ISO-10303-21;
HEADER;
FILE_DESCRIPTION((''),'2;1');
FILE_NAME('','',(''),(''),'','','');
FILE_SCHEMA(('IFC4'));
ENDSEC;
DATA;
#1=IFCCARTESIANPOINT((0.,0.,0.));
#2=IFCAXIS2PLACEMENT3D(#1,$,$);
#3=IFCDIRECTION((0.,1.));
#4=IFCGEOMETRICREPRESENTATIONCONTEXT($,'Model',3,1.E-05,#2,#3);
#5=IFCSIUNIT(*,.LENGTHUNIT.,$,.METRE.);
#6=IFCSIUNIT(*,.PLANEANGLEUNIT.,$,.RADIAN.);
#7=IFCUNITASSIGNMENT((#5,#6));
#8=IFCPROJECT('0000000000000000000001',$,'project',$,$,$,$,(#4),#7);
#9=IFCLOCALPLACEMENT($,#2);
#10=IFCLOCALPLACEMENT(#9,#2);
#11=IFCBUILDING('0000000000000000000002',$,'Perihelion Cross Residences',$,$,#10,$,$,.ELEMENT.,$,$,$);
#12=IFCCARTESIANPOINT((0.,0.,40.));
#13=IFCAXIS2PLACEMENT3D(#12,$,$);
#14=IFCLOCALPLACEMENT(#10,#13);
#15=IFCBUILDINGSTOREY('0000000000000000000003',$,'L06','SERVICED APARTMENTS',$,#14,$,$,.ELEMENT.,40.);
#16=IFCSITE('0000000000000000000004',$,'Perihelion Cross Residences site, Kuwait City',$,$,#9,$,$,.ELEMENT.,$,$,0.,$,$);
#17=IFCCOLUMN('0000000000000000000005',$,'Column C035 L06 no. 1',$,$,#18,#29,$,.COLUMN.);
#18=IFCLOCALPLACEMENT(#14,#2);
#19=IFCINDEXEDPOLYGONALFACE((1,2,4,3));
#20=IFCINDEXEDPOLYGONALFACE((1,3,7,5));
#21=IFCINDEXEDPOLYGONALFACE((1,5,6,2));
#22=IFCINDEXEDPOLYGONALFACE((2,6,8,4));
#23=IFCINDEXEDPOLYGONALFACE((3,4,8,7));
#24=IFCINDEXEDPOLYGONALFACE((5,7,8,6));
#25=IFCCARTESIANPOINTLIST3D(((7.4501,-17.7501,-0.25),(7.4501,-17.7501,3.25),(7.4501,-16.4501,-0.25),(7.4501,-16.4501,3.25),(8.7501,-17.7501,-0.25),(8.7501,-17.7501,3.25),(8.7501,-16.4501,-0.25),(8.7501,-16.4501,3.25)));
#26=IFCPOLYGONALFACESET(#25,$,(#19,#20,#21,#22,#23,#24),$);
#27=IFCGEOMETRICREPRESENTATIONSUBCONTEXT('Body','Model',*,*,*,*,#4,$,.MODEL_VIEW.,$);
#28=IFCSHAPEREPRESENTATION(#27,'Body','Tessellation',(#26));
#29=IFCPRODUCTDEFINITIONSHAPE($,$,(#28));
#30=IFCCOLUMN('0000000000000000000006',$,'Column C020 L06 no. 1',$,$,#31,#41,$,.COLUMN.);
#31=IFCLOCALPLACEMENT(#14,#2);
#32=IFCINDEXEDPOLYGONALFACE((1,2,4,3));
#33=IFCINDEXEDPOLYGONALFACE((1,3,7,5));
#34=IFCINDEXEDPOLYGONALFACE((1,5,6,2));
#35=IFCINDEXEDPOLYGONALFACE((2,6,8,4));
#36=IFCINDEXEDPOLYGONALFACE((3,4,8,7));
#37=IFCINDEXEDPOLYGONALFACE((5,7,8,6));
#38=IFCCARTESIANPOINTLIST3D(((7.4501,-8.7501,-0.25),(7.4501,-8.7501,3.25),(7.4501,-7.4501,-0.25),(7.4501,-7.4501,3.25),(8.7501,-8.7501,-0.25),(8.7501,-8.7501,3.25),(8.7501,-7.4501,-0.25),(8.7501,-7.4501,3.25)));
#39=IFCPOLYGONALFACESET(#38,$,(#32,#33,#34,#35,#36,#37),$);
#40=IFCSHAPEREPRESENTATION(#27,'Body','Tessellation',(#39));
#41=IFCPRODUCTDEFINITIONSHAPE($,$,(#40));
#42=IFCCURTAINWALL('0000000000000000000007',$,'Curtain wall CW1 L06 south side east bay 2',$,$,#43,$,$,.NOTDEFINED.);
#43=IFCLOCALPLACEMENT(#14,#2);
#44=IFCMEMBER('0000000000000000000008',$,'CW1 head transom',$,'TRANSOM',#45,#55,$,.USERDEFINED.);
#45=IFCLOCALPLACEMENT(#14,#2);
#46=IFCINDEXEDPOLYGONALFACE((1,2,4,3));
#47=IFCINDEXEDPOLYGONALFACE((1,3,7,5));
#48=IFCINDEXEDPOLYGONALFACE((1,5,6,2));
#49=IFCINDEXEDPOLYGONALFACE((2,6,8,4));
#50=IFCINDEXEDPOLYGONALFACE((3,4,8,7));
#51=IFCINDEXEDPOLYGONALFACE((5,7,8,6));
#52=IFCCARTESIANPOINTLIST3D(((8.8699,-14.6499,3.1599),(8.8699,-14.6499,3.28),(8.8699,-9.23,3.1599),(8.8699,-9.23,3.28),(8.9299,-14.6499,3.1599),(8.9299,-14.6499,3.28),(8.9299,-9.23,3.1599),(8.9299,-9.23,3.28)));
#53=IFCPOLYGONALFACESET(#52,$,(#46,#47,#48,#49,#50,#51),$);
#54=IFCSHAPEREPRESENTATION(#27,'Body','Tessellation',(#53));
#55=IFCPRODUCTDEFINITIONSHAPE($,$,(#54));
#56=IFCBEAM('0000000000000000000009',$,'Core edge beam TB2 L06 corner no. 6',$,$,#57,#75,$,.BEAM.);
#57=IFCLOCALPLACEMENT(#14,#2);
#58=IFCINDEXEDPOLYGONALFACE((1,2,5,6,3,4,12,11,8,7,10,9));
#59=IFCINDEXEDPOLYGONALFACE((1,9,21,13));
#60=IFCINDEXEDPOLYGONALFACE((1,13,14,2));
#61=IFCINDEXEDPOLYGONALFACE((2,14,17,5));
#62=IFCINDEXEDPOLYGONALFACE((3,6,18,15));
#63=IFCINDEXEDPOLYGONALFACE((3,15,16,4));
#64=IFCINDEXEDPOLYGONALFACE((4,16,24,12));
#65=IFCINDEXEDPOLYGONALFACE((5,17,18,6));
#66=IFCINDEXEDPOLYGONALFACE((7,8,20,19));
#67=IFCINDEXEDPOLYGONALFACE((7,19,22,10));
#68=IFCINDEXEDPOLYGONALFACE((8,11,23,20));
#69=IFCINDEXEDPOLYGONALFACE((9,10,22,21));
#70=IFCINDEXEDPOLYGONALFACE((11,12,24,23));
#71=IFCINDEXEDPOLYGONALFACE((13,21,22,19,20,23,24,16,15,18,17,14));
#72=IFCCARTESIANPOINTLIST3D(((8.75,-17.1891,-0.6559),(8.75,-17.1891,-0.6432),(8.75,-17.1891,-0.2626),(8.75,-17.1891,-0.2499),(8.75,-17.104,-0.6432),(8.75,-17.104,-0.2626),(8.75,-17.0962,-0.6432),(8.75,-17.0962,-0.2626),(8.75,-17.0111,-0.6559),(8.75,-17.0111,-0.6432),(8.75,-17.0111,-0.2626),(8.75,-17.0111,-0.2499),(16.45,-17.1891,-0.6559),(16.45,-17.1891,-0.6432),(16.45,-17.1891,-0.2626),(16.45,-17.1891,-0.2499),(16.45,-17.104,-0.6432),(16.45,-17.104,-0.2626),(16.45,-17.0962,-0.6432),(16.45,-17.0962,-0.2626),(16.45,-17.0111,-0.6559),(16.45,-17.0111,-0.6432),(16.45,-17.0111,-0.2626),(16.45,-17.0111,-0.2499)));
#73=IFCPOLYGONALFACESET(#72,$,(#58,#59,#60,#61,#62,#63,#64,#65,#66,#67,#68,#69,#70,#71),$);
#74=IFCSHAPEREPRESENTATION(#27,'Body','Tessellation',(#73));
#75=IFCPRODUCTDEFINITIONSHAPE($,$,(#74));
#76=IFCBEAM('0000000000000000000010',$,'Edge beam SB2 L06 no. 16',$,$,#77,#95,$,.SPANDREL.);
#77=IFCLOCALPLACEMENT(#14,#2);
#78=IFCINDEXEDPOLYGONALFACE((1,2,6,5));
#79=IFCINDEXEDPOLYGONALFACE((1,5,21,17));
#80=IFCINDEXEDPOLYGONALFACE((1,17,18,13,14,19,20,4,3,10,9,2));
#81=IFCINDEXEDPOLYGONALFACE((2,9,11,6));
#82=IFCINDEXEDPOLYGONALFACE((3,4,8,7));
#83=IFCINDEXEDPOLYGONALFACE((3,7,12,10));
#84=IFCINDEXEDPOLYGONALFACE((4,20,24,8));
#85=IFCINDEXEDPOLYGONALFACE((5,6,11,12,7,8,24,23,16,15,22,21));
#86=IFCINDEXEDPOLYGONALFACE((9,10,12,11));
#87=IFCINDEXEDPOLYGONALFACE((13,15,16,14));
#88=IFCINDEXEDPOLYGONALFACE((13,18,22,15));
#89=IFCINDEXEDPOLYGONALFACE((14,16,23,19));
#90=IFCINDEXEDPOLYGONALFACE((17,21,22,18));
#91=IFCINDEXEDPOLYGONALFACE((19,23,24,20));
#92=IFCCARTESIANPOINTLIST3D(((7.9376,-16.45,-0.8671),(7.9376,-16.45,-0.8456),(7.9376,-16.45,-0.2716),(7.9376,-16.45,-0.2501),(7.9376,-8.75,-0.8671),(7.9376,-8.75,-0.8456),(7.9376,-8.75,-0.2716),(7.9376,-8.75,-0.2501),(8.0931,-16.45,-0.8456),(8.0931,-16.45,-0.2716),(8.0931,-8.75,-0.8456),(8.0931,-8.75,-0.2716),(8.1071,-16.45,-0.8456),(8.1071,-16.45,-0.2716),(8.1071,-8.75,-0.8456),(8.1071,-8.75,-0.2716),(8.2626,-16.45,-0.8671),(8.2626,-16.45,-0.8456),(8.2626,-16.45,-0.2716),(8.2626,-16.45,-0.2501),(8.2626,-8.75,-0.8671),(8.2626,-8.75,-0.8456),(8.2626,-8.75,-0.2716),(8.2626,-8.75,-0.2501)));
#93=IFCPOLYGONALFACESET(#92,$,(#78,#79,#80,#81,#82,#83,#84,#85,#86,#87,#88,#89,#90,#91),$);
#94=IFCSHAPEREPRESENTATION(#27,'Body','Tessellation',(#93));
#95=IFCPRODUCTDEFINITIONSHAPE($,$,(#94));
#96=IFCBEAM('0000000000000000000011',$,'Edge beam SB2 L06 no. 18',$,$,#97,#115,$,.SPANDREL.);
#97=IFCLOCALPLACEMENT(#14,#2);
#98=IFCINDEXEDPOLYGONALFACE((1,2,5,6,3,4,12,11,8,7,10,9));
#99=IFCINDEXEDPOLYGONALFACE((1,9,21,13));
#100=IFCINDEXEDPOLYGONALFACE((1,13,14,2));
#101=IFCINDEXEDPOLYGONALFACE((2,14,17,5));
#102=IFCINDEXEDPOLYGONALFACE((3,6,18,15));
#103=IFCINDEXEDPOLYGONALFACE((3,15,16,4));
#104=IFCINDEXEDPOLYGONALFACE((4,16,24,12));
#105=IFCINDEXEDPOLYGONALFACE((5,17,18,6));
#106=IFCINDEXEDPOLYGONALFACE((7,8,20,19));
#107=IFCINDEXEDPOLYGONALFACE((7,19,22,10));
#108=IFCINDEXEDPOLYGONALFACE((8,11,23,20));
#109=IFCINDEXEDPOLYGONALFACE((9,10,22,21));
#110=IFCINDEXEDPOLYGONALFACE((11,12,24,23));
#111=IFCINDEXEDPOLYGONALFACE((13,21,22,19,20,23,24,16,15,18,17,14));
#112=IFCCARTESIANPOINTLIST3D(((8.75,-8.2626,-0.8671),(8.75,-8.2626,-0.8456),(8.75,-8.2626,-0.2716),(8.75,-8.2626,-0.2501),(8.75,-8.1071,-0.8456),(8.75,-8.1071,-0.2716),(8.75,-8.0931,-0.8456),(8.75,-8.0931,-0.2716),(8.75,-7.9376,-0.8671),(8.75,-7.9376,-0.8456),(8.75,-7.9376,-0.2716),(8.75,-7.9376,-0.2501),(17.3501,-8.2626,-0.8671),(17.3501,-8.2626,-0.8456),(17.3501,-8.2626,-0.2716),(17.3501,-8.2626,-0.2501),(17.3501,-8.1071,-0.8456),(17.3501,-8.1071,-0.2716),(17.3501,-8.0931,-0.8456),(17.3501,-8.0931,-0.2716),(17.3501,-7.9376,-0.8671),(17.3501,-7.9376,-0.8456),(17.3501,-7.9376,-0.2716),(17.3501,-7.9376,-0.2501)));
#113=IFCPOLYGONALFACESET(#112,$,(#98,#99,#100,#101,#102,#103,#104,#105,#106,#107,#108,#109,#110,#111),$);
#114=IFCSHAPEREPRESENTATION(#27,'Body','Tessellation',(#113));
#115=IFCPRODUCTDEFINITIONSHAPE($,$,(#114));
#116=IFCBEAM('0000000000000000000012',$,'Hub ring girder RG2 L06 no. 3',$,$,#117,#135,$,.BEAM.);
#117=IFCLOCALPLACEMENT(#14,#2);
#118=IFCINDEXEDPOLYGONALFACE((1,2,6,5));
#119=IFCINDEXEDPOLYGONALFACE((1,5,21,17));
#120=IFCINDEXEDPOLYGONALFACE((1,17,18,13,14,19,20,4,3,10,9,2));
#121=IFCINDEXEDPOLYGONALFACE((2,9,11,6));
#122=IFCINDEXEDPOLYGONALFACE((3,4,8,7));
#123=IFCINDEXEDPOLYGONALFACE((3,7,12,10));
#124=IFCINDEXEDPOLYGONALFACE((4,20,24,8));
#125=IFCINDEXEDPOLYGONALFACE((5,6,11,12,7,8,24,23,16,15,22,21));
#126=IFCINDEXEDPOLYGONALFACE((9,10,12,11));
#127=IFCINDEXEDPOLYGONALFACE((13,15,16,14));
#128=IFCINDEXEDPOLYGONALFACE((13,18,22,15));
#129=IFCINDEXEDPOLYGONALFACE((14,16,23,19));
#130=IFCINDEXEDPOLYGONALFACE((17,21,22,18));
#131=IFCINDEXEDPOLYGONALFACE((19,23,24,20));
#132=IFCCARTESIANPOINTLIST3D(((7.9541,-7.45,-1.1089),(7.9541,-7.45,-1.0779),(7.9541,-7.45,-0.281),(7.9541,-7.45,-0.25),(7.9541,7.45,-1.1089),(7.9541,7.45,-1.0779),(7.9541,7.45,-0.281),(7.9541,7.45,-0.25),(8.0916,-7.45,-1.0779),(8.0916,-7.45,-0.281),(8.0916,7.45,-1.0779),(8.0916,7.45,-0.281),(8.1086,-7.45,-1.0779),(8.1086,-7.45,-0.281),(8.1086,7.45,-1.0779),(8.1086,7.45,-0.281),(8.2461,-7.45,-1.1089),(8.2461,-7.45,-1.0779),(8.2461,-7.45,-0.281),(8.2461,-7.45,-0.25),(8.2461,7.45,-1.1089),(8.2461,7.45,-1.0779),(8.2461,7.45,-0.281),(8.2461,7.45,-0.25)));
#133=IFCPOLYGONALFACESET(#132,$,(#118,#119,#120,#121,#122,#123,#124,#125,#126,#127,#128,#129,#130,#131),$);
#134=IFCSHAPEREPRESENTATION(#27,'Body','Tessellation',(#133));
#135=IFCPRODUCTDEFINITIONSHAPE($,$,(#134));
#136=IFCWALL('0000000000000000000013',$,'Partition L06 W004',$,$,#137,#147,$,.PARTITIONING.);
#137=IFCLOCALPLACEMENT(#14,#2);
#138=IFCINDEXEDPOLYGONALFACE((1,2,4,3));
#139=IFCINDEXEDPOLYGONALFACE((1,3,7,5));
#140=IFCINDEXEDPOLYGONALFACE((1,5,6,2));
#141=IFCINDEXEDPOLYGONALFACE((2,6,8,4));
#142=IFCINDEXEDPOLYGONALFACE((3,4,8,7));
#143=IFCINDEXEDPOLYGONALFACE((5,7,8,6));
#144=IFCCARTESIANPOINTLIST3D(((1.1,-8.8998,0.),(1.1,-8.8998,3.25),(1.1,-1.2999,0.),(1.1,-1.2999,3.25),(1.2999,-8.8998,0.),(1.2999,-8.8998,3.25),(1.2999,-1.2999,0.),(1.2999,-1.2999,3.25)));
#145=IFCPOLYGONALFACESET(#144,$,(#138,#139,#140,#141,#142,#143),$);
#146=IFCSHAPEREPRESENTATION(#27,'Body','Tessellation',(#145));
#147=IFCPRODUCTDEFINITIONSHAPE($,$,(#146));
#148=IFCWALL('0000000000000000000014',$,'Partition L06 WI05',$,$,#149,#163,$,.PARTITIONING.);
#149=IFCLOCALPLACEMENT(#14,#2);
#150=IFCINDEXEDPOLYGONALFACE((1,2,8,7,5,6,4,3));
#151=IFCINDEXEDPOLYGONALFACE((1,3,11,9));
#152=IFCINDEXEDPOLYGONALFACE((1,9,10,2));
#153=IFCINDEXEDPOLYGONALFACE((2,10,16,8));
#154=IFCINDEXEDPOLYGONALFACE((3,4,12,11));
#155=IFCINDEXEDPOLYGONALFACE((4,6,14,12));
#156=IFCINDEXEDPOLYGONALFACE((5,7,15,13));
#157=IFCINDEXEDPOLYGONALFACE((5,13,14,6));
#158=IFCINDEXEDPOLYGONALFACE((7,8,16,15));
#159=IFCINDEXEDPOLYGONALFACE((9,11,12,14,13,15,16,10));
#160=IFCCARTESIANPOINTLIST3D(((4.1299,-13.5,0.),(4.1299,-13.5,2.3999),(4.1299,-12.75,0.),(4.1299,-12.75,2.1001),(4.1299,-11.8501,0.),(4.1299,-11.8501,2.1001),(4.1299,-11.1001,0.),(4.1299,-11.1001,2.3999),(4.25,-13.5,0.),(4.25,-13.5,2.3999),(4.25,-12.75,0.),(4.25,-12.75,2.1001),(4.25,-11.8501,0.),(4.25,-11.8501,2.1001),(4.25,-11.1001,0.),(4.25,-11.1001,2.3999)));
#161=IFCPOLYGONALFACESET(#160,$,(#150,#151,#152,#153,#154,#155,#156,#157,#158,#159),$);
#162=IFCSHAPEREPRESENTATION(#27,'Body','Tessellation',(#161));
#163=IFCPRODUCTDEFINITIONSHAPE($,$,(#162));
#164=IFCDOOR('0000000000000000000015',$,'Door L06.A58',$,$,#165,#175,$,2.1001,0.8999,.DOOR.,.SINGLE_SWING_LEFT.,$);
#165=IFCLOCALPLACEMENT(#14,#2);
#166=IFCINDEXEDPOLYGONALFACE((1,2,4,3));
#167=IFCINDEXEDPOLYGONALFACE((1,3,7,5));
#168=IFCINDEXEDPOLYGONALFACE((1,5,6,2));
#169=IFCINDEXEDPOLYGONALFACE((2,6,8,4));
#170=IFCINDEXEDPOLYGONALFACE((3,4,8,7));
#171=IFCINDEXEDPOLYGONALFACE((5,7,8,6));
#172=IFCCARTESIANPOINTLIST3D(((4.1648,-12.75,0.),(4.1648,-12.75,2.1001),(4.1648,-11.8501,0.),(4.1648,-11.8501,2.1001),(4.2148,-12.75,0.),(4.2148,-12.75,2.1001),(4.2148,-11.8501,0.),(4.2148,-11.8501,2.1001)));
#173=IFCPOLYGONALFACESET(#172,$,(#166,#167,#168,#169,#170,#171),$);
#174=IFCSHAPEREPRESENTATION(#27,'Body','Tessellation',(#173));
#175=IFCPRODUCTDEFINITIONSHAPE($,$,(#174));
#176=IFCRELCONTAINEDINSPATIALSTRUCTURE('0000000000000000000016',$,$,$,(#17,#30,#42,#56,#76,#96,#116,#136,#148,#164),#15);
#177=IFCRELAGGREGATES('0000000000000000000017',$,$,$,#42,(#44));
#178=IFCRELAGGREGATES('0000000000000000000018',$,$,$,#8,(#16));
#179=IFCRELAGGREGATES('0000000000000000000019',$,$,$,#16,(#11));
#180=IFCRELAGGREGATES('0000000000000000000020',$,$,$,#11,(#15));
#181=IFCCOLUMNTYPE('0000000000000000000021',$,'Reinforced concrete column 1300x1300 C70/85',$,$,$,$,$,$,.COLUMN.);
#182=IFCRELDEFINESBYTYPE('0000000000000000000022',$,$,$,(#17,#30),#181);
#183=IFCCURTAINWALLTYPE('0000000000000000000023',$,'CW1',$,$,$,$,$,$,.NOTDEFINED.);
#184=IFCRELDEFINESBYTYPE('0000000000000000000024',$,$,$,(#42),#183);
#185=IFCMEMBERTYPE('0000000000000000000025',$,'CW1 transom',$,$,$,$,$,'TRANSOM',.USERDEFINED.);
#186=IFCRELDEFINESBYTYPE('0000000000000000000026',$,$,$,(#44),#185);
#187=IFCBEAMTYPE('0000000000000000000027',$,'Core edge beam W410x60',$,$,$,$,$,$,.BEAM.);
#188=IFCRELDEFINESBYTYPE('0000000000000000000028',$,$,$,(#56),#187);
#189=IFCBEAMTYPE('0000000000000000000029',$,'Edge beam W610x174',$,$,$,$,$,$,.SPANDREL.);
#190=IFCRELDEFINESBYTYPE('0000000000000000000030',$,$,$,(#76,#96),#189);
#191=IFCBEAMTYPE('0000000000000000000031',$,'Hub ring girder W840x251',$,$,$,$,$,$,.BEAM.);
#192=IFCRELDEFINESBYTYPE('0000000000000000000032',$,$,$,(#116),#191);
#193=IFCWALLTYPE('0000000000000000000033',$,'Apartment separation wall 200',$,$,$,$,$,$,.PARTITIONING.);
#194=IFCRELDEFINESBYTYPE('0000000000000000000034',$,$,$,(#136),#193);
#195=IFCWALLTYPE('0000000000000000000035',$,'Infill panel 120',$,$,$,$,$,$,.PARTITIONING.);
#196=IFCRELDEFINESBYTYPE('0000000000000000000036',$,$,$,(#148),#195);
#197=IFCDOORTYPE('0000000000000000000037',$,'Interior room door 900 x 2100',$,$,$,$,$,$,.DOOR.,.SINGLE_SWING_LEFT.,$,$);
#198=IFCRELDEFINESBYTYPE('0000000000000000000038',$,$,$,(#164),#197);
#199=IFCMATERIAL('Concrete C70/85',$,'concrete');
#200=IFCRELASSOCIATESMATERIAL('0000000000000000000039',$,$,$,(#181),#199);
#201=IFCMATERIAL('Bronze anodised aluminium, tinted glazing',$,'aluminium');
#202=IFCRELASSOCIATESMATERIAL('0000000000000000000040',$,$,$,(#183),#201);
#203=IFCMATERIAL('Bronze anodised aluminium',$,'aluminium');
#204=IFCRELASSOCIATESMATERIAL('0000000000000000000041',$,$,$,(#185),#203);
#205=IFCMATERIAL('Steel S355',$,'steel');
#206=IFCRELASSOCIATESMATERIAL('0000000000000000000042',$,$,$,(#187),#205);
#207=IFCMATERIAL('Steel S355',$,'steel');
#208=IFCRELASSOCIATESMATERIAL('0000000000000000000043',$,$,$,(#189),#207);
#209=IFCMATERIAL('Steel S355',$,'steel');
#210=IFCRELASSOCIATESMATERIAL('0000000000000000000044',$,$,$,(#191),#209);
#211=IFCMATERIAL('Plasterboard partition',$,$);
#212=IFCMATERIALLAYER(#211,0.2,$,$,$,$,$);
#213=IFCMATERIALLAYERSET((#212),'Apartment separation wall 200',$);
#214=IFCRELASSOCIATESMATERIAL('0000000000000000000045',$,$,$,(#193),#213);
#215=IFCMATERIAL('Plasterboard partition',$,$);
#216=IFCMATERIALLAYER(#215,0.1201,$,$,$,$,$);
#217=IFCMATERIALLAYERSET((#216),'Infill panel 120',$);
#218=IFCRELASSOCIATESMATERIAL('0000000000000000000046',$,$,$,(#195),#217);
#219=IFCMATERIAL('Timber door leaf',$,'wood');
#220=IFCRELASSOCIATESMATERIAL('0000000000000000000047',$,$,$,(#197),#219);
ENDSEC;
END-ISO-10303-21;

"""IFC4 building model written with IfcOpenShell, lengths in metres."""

from ifc_helpers import new_model, si_unit, direction, frame, frame_2d, origin, origin_2d, place, context, subcontext, project, spatial, rectangle, i_section, extrude, material, layer, layer_set, material_profile, profile_set, type_object, element, fill, aggregate, save


model = new_model("IFC4")

# Units and contexts
model_context = context("Model", 3, precision=1e-05, world=origin(), true_north=direction((0.0, 1.0)))
body_context = subcontext(model_context, "Body", "Model", "MODEL_VIEW")
ifc_project = project(units=[si_unit("LENGTHUNIT", "METRE"), si_unit("PLANEANGLEUNIT", "RADIAN")], contexts=[model_context])

# Site, building, storey
site_placement = place(None, origin())
site = spatial("IfcSite", under=ifc_project, at=site_placement, Name="Perihelion Cross Residences site, Kuwait City", CompositionType="ELEMENT", RefElevation=0.0)
building_placement = place(site_placement, origin())
building = spatial("IfcBuilding", under=site, at=building_placement, Name="Perihelion Cross Residences", CompositionType="ELEMENT")
storey_placement = place(building_placement, frame((0.0, 0.0, 40.0)))
storey = spatial("IfcBuildingStorey", under=building, at=storey_placement, Name="L06", Description="SERVICED APARTMENTS", CompositionType="ELEMENT", Elevation=40.0)

# Columns
ifc_material_1 = material(Name="Concrete C70/85", Category="concrete")
ifc_material_profile_1 = material_profile(ifc_material_1, rectangle(XDim=1.3, YDim=1.3, at=origin_2d()), Name="RC 1300x1300")
ifc_profile_set_1 = profile_set([ifc_material_profile_1], Name="Concrete C70/85")
column_type = type_object("IfcColumnType", Name="Reinforced concrete column 1300x1300 C70/85", PredefinedType="COLUMN", material=ifc_profile_set_1)
for number, where, z_axis, x_axis, name in (
    (1, (8.1001, -17.1001, -0.25), (0.0, 0.0, 1.0), (1.0, 0.0, 0.0), "Column C035 L06 no. 1"),
    (2, (8.1001, -8.1001, -0.25), (0.0, 0.0, 1.0), (1.0, 0.0, 0.0), "Column C020 L06 no. 1"),
):
    element("IfcColumn", number, at=place(storey_placement, frame(where, z_axis=z_axis, x_axis=x_axis)), inside=storey, type_object=column_type, Name=name, PredefinedType="COLUMN", context=body_context, shape_type="SweptSolid", body=[
        extrude(rectangle(XDim=1.3, YDim=1.3, at=origin_2d()), origin(), (0.0, 0.0, 1.0), 3.5),
    ])

# Curtain wall, member
ifc_material_2 = material(Name="Bronze anodised aluminium, tinted glazing", Category="aluminium")
curtain_wall_type = type_object("IfcCurtainWallType", Name="CW1", PredefinedType="NOTDEFINED", material=ifc_material_2)
curtain_wall_placement = place(storey_placement, origin())
curtain_wall = element("IfcCurtainWall", 3, at=curtain_wall_placement, inside=storey, type_object=curtain_wall_type, Name="Curtain wall CW1 L06 south side east bay 2", PredefinedType="NOTDEFINED")
ifc_material_3 = material(Name="Bronze anodised aluminium", Category="aluminium")
ifc_material_profile_2 = material_profile(ifc_material_3, rectangle(XDim=0.0601, YDim=0.1201, at=origin_2d()), Name="CW1 transom")
ifc_profile_set_2 = profile_set([ifc_material_profile_2], Name="Bronze anodised aluminium")
member_type = type_object("IfcMemberType", Name="CW1 transom", ElementType="TRANSOM", PredefinedType="USERDEFINED", material=ifc_profile_set_2)
member_placement = place(storey_placement, frame((8.8999, -14.6499, 3.22), z_axis=(0.0, 1.0, 0.0), x_axis=(-1.0, 0.0, 0.0)))
member = element("IfcMember", 4, at=member_placement, type_object=member_type, Name="CW1 head transom", ObjectType="TRANSOM", PredefinedType="USERDEFINED", context=body_context, shape_type="SweptSolid", body=[
    extrude(rectangle(XDim=0.0601, YDim=0.1201, at=origin_2d()), origin(), (0.0, 0.0, 1.0), 5.4199),
])
aggregate(curtain_wall, [member])

# Beams
ifc_material_4 = material(Name="Steel S355", Category="steel")
ifc_material_profile_3 = material_profile(ifc_material_4, i_section(OverallWidth=0.178, OverallDepth=0.406, WebThickness=0.0078, FlangeThickness=0.0127, at=origin_2d()), Name="W410x60")
ifc_profile_set_3 = profile_set([ifc_material_profile_3], Name="Steel S355")
beam_type_1 = type_object("IfcBeamType", Name="Core edge beam W410x60", PredefinedType="BEAM", material=ifc_profile_set_3)
beam_1_placement = place(storey_placement, frame((8.75, -17.1001, -0.4529), z_axis=(1.0, 0.0, 0.0), x_axis=(0.0, 1.0, 0.0)))
element("IfcBeam", 5, at=beam_1_placement, inside=storey, type_object=beam_type_1, Name="Core edge beam TB2 L06 corner no. 6", PredefinedType="BEAM", context=body_context, shape_type="SweptSolid", body=[
    extrude(i_section(OverallWidth=0.178, OverallDepth=0.406, WebThickness=0.0078, FlangeThickness=0.0127, at=origin_2d()), origin(), (0.0, 0.0, 1.0), 7.7),
])
ifc_material_5 = material(Name="Steel S355", Category="steel")
ifc_material_profile_4 = material_profile(ifc_material_5, i_section(OverallWidth=0.325, OverallDepth=0.6169, WebThickness=0.0139, FlangeThickness=0.0215, at=origin_2d()), Name="W610x174")
ifc_profile_set_4 = profile_set([ifc_material_profile_4], Name="Steel S355")
beam_type_2 = type_object("IfcBeamType", Name="Edge beam W610x174", PredefinedType="SPANDREL", material=ifc_profile_set_4)
beam_2_placement = place(storey_placement, frame((8.1001, -16.45, -0.5586), z_axis=(0.0, 1.0, 0.0), x_axis=(-1.0, 0.0, 0.0)))
element("IfcBeam", 6, at=beam_2_placement, inside=storey, type_object=beam_type_2, Name="Edge beam SB2 L06 no. 16", PredefinedType="SPANDREL", context=body_context, shape_type="SweptSolid", body=[
    extrude(i_section(OverallWidth=0.325, OverallDepth=0.6169, WebThickness=0.0139, FlangeThickness=0.0215, at=origin_2d()), origin(), (0.0, 0.0, 1.0), 7.7),
])
beam_3_placement = place(storey_placement, frame((8.75, -8.1001, -0.5586), z_axis=(1.0, 0.0, 0.0), x_axis=(0.0, 1.0, 0.0)))
element("IfcBeam", 7, at=beam_3_placement, inside=storey, type_object=beam_type_2, Name="Edge beam SB2 L06 no. 18", PredefinedType="SPANDREL", context=body_context, shape_type="SweptSolid", body=[
    extrude(i_section(OverallWidth=0.325, OverallDepth=0.6169, WebThickness=0.0139, FlangeThickness=0.0215, at=origin_2d()), origin(), (0.0, 0.0, 1.0), 8.6001),
])
ifc_material_6 = material(Name="Steel S355", Category="steel")
ifc_material_profile_5 = material_profile(ifc_material_6, i_section(OverallWidth=0.292, OverallDepth=0.8589, WebThickness=0.0171, FlangeThickness=0.031, at=origin_2d()), Name="W840x251")
ifc_profile_set_5 = profile_set([ifc_material_profile_5], Name="Steel S355")
beam_type_3 = type_object("IfcBeamType", Name="Hub ring girder W840x251", PredefinedType="BEAM", material=ifc_profile_set_5)
beam_4_placement = place(storey_placement, frame((8.1001, -7.45, -0.6794), z_axis=(0.0, 1.0, 0.0), x_axis=(-1.0, 0.0, 0.0)))
element("IfcBeam", 8, at=beam_4_placement, inside=storey, type_object=beam_type_3, Name="Hub ring girder RG2 L06 no. 3", PredefinedType="BEAM", context=body_context, shape_type="SweptSolid", body=[
    extrude(i_section(OverallWidth=0.292, OverallDepth=0.8589, WebThickness=0.0171, FlangeThickness=0.031, at=origin_2d()), origin(), (0.0, 0.0, 1.0), 14.8999),
])

# Wall
ifc_material_7 = material(Name="Plasterboard partition")
ifc_layer_1 = layer(ifc_material_7, 0.2)
ifc_layer_set_1 = layer_set([ifc_layer_1], Name="Apartment separation wall 200")
wall_type_1 = type_object("IfcWallType", Name="Apartment separation wall 200", PredefinedType="PARTITIONING", material=ifc_layer_set_1)
wall_1_placement = place(storey_placement, frame((1.2, -1.3, 0.0), z_axis=(0.0, 0.0, 1.0), x_axis=(0.0, -1.0, 0.0)))
element("IfcWall", 9, at=wall_1_placement, inside=storey, type_object=wall_type_1, Name="Partition L06 W004", PredefinedType="PARTITIONING", context=body_context, shape_type="SweptSolid", body=[
    extrude(rectangle(XDim=7.5999, YDim=0.2, at=frame_2d((3.7998, 0.0))), origin(), (0.0, 0.0, 1.0), 3.25),
])

# Wall, opening, door
ifc_material_8 = material(Name="Plasterboard partition")
ifc_layer_2 = layer(ifc_material_8, 0.1201)
ifc_layer_set_2 = layer_set([ifc_layer_2], Name="Infill panel 120")
wall_type_2 = type_object("IfcWallType", Name="Infill panel 120", PredefinedType="PARTITIONING", material=ifc_layer_set_2)
wall_2_placement = place(storey_placement, frame((4.1899, -11.1001, 0.0), z_axis=(0.0, 0.0, 1.0), x_axis=(0.0, -1.0, 0.0)))
wall_2 = element("IfcWall", 10, at=wall_2_placement, inside=storey, type_object=wall_type_2, Name="Partition L06 WI05", PredefinedType="PARTITIONING", context=body_context, shape_type="SweptSolid", body=[
    extrude(rectangle(XDim=2.3999, YDim=0.1201, at=frame_2d((1.2, 0.0))), origin(), (0.0, 0.0, 1.0), 2.3999),
])
opening_1_placement = place(wall_2_placement, frame((0.75, 0.0, 0.0)))
opening_1 = element("IfcOpeningElement", 11, at=opening_1_placement, cuts=wall_2, PredefinedType="OPENING", context=body_context, shape_type="SweptSolid", body=[
    extrude(rectangle(XDim=0.8999, YDim=2.1001, at=frame_2d((0.45, 1.05))), frame((0.0, 0.0701, 0.0), z_axis=(0.0, -1.0, 0.0), x_axis=(1.0, 0.0, 0.0)), (0.0, 0.0, 1.0), 0.1401),
])
ifc_material_9 = material(Name="Timber door leaf", Category="wood")
door_type_1 = type_object("IfcDoorType", Name="Interior room door 900 x 2100", OperationType="SINGLE_SWING_LEFT", PredefinedType="DOOR", material=ifc_material_9)
door_1_placement = place(opening_1_placement, origin())
door_1 = element("IfcDoor", 12, at=door_1_placement, inside=storey, type_object=door_type_1, Name="Door L06.A58", OperationType="SINGLE_SWING_LEFT", OverallHeight=2.1001, OverallWidth=0.8999, PredefinedType="DOOR", context=body_context, shape_type="SweptSolid", body=[
    extrude(rectangle(XDim=0.8999, YDim=2.1001, at=frame_2d((0.45, 1.05))), frame((0.0, 0.0249, 0.0), z_axis=(0.0, -1.0, 0.0), x_axis=(1.0, 0.0, 0.0)), (0.0, 0.0, 1.0), 0.05),
])
fill(opening_1, door_1)

save(model, "model.ifc")
